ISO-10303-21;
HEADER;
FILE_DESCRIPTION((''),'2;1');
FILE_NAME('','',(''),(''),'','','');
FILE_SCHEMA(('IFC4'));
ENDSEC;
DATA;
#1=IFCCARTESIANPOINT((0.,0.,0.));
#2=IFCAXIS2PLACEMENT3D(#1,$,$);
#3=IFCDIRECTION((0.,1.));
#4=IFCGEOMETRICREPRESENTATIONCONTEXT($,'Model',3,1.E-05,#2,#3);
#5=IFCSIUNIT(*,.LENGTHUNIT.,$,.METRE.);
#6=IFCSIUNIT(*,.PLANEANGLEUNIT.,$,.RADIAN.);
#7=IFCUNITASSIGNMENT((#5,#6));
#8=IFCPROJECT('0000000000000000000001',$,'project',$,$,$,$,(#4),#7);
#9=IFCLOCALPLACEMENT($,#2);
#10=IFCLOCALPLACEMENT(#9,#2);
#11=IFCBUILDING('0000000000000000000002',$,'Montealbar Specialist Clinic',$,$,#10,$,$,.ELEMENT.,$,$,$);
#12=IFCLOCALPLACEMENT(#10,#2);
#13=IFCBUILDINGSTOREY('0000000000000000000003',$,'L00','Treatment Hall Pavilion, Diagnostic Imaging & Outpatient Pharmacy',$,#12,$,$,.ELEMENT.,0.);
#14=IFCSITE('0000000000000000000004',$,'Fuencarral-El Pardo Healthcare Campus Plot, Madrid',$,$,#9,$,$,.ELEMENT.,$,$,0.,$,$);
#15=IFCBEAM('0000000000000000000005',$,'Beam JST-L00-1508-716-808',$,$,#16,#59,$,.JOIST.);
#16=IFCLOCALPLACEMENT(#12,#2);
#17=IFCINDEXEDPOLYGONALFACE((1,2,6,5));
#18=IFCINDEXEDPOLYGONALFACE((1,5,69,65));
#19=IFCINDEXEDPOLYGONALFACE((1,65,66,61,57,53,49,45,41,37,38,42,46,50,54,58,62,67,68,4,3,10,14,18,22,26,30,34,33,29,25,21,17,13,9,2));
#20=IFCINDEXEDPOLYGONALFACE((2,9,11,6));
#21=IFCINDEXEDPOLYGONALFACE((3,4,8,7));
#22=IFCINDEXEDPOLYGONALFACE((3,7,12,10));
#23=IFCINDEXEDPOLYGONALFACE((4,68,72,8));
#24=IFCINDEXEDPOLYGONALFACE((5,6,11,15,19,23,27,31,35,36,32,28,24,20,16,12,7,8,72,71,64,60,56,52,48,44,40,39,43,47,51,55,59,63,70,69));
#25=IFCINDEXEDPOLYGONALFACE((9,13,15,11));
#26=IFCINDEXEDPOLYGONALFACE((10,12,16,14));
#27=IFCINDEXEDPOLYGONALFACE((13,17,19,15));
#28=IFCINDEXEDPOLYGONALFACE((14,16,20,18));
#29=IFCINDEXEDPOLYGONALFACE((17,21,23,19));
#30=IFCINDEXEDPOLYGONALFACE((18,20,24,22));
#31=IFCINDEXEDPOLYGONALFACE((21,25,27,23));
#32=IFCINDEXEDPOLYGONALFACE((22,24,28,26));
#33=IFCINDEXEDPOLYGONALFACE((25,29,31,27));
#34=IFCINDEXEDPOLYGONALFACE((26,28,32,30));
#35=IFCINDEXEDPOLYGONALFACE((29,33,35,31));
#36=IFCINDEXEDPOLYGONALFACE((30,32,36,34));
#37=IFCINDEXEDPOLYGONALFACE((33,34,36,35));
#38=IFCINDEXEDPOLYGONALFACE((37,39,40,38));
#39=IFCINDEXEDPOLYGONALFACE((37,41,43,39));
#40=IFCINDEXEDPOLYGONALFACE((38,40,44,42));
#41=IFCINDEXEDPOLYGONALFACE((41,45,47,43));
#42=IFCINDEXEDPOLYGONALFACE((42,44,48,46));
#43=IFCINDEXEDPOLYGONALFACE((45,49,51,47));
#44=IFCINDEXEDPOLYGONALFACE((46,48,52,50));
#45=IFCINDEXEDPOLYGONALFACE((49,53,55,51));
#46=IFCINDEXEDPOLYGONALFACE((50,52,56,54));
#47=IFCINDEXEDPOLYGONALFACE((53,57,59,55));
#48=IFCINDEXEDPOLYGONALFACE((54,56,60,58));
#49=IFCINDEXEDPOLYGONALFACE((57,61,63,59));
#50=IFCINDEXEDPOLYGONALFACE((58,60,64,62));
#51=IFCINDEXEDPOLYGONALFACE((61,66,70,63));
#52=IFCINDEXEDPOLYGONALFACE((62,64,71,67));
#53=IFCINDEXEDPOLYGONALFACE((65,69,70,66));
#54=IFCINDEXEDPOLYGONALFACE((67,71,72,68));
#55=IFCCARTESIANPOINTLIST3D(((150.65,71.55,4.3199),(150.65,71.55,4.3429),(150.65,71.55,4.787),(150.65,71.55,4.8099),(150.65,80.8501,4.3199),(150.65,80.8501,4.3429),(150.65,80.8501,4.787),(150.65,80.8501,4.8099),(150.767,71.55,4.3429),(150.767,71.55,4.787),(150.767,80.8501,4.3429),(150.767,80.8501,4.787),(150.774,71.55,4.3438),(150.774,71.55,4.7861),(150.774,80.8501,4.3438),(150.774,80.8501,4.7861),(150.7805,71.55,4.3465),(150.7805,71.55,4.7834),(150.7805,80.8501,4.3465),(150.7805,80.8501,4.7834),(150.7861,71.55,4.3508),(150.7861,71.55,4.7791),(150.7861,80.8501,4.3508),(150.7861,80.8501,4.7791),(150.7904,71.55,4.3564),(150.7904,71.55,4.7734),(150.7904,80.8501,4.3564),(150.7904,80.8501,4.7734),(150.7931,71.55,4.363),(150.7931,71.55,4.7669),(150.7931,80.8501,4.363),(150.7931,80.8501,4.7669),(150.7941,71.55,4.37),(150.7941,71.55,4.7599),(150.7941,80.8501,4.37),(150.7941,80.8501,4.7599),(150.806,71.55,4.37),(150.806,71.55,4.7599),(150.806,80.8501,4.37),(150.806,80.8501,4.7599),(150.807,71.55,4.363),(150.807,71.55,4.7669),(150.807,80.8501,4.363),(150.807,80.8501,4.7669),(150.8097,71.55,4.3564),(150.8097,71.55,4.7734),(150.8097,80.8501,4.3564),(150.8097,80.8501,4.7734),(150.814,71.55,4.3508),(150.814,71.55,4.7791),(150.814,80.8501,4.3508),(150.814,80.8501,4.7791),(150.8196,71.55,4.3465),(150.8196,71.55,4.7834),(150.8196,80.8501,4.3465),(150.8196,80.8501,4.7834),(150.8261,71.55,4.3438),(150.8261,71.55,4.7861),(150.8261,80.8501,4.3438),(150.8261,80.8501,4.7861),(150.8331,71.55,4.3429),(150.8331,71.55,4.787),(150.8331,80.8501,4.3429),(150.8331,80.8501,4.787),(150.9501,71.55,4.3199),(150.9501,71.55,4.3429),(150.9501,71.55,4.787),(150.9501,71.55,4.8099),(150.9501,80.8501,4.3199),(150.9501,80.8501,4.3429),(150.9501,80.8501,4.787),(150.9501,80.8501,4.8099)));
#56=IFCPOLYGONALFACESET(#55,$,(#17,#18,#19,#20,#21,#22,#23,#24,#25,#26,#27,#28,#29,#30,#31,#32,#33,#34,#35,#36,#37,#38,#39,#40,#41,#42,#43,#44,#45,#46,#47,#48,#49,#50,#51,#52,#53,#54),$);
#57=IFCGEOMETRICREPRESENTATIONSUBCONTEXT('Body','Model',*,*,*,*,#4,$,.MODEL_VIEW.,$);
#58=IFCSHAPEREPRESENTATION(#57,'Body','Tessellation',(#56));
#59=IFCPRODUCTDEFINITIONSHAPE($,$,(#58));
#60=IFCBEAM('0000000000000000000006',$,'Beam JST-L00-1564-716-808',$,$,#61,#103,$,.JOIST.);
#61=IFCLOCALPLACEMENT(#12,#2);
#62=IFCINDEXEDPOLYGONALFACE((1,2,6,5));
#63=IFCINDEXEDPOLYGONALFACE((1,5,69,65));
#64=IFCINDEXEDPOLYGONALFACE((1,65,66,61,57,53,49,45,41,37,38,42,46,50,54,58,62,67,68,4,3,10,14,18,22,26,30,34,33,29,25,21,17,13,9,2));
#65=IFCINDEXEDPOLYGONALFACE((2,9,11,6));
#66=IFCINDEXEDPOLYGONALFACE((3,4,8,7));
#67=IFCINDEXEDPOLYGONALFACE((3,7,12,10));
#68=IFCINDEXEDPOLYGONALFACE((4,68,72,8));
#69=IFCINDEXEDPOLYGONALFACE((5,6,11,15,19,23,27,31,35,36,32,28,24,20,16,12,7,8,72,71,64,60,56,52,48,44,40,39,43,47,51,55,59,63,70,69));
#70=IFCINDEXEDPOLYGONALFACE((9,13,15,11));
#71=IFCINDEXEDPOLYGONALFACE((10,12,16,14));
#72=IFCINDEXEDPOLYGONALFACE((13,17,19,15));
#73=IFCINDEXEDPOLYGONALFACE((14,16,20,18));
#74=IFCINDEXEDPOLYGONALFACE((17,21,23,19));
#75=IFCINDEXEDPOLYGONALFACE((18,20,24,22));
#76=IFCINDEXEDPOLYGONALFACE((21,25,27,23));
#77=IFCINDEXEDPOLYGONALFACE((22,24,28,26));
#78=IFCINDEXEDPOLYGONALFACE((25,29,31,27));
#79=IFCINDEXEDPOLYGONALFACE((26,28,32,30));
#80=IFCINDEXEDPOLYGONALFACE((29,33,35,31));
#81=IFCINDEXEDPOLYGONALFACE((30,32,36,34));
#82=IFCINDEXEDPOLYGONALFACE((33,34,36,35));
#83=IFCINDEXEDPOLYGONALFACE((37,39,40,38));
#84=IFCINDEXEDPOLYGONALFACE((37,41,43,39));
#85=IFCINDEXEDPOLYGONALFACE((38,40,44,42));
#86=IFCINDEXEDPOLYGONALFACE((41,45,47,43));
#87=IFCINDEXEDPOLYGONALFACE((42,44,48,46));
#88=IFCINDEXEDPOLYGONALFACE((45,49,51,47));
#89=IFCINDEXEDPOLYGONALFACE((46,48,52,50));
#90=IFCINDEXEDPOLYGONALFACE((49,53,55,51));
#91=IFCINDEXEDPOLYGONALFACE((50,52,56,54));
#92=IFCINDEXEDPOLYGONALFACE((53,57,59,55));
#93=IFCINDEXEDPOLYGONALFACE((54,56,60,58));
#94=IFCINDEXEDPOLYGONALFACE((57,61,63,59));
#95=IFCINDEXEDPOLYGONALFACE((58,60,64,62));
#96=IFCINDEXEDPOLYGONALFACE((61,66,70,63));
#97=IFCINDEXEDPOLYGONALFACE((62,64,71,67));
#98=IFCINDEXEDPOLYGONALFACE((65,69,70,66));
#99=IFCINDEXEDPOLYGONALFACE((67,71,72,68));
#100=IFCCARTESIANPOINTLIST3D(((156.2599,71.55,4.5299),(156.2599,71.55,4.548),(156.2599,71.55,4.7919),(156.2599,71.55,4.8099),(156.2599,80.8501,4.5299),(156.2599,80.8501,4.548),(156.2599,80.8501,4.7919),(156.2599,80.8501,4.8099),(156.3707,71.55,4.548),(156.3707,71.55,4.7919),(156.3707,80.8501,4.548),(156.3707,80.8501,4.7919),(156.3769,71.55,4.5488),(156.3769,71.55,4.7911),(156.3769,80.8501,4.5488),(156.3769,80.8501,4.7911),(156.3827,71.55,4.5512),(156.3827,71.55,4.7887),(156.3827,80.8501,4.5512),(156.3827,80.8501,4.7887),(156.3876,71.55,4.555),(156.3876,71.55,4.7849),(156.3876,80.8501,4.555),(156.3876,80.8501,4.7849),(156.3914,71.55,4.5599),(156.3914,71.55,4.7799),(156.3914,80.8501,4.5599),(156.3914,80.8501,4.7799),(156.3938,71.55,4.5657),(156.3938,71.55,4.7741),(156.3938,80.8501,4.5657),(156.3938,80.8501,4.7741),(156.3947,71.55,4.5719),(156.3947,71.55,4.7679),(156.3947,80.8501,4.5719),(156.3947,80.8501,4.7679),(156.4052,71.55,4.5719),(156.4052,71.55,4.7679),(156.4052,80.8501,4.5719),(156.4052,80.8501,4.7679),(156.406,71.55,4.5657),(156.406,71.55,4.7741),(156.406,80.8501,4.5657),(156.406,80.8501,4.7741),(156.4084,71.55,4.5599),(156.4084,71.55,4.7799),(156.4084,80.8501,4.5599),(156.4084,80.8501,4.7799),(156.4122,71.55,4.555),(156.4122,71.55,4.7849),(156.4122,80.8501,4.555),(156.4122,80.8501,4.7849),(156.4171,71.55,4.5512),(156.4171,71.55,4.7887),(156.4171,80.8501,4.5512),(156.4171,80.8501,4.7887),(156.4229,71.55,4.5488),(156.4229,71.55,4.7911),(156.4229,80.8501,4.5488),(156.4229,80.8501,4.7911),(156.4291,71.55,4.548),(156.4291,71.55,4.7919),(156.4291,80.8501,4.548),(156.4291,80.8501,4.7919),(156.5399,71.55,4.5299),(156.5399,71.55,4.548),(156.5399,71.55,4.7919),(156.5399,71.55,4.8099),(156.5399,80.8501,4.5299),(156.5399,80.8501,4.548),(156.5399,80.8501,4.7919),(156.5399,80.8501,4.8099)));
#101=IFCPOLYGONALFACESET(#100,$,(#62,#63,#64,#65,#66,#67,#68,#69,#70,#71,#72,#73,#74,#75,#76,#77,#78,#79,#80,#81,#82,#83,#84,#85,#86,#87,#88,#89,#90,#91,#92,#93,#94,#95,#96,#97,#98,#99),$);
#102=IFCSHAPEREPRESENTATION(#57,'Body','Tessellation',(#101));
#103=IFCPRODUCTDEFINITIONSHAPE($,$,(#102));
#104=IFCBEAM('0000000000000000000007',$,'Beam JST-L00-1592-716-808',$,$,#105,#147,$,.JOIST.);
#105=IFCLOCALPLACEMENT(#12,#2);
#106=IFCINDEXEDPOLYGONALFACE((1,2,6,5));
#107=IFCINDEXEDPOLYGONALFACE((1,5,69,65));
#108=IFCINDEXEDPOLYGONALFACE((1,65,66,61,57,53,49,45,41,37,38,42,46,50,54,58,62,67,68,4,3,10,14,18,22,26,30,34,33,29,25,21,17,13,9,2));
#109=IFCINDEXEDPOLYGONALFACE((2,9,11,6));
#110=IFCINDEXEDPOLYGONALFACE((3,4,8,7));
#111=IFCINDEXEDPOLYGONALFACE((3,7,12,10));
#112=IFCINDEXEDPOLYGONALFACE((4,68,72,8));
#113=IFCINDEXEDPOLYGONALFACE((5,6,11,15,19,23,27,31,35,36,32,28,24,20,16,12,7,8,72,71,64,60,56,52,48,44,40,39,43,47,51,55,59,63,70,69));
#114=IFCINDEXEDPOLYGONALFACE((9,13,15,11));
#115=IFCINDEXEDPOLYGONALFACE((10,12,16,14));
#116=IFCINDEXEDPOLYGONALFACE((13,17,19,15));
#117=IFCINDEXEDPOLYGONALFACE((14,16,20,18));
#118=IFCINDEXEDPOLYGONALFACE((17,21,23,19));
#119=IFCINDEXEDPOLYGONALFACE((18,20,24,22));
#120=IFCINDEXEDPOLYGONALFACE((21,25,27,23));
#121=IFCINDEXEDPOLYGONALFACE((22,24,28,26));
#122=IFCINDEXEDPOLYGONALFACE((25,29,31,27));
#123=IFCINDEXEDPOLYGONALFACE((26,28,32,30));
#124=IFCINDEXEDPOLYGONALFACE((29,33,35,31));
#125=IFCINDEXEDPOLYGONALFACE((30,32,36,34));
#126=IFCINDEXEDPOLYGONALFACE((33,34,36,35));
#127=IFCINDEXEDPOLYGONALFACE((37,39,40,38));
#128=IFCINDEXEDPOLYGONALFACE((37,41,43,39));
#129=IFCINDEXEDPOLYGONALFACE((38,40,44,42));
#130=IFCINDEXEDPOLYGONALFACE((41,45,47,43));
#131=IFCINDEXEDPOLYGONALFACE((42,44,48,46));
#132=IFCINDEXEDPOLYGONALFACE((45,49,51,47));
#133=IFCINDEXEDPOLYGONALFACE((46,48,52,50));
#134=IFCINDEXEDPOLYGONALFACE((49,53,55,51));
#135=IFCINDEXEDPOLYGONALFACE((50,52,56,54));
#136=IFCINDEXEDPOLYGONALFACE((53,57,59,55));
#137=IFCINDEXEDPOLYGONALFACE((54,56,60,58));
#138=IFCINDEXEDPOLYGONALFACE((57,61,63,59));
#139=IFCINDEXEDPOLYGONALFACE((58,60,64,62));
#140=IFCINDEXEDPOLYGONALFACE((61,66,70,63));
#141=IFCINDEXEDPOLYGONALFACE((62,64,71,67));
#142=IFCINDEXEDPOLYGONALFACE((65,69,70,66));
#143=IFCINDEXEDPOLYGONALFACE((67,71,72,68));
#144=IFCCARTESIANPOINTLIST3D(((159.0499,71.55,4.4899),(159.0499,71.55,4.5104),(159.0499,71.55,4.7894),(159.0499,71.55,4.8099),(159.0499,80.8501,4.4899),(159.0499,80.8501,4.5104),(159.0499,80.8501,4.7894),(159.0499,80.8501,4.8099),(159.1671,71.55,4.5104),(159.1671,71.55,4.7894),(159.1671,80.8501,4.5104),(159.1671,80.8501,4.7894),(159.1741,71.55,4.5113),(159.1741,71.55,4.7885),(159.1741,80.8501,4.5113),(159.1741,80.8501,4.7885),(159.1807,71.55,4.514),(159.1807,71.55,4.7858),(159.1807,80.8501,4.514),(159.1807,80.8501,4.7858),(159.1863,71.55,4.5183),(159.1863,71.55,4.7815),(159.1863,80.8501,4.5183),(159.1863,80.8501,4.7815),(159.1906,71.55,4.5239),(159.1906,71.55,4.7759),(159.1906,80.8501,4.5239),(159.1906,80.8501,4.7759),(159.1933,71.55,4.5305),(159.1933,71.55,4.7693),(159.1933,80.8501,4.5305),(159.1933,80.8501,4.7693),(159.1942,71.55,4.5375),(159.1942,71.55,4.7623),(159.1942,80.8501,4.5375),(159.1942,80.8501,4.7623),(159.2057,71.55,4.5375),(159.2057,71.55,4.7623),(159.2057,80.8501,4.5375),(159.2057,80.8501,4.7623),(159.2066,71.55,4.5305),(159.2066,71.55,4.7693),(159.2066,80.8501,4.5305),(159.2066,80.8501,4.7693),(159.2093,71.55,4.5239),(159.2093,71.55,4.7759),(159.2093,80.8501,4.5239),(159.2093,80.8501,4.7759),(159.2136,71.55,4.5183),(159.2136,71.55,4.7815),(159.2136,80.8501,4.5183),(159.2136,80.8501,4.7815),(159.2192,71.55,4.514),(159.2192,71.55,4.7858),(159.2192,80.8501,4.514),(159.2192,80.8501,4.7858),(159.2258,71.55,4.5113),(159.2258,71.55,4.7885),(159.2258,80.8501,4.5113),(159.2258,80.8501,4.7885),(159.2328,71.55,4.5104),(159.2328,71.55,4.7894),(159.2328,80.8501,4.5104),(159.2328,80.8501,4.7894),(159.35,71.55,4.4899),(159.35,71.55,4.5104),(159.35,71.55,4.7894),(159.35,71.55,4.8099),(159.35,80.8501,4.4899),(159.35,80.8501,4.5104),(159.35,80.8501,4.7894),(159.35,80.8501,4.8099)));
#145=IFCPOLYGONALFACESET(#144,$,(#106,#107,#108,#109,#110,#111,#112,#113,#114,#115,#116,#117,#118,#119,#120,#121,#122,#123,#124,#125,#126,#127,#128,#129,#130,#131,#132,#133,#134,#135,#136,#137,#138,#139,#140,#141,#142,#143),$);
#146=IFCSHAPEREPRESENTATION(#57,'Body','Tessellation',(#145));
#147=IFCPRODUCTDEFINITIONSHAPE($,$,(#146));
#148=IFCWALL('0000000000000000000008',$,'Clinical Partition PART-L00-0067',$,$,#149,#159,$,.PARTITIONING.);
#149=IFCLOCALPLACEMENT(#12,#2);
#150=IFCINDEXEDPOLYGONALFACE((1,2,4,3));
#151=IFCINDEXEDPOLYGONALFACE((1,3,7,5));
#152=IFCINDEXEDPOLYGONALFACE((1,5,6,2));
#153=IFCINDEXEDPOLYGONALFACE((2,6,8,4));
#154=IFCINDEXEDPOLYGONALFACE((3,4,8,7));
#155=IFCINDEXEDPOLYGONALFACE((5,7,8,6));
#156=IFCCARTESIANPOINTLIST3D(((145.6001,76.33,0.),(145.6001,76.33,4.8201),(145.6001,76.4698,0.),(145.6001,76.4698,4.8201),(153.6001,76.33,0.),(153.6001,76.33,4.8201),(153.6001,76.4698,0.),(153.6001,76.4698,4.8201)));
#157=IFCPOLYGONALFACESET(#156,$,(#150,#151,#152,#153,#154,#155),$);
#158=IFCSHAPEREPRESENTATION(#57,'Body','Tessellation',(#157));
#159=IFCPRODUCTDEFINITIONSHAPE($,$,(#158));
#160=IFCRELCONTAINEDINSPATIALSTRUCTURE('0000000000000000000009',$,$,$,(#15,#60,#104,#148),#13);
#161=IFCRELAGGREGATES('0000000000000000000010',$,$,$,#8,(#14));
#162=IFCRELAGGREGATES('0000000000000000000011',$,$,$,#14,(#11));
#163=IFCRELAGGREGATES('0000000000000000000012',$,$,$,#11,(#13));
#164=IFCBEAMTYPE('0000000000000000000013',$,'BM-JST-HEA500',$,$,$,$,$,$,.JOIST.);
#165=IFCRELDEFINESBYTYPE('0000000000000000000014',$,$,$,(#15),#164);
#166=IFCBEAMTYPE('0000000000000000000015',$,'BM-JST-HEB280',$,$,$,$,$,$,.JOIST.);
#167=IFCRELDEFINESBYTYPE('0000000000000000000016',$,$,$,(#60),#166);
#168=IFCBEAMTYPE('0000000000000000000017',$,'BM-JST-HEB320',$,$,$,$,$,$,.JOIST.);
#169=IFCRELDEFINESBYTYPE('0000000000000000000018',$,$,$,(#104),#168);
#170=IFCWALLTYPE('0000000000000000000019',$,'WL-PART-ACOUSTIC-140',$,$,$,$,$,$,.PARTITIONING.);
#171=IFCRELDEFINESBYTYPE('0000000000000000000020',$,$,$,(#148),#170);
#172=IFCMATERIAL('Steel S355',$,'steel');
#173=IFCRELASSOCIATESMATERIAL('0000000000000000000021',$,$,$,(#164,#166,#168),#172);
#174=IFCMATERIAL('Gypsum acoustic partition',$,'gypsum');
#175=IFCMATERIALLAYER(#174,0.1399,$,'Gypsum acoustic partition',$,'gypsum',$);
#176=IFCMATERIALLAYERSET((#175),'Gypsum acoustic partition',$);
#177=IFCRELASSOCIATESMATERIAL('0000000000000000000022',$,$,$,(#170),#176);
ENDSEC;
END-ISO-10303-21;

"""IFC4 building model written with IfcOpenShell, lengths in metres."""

from ifc_helpers import new_model, si_unit, direction, frame, frame_2d, origin, origin_2d, place, context, subcontext, project, spatial, rectangle, i_section, extrude, material, layer, layer_set, material_profile, profile_set, type_object, element, save


model = new_model("IFC4")

# Units and contexts
model_context = context("Model", 3, precision=1e-05, world=origin(), true_north=direction((0.0, 1.0)))
body_context = subcontext(model_context, "Body", "Model", "MODEL_VIEW")
ifc_project = project(units=[si_unit("LENGTHUNIT", "METRE"), si_unit("PLANEANGLEUNIT", "RADIAN")], contexts=[model_context])

# Site, building, storey
site_placement = place(None, origin())
site = spatial("IfcSite", under=ifc_project, at=site_placement, Name="Fuencarral-El Pardo Healthcare Campus Plot, Madrid", CompositionType="ELEMENT", RefElevation=0.0)
building_placement = place(site_placement, origin())
building = spatial("IfcBuilding", under=site, at=building_placement, Name="Montealbar Specialist Clinic", CompositionType="ELEMENT")
storey_placement = place(building_placement, origin())
storey = spatial("IfcBuildingStorey", under=building, at=storey_placement, Name="L00", Description="Treatment Hall Pavilion, Diagnostic Imaging & Outpatient Pharmacy", CompositionType="ELEMENT", Elevation=0.0)

# Shared definitions
ifc_material_1 = material(Name="Steel S355", Category="steel")

# Beams
ifc_material_profile_1 = material_profile(ifc_material_1, i_section(OverallWidth=0.3, OverallDepth=0.49, WebThickness=0.012, FlangeThickness=0.0229, FilletRadius=0.0271, at=origin_2d()), Name="HEA 500", Category="steel")
ifc_profile_set_1 = profile_set([ifc_material_profile_1], Name="Steel S355")
beam_type_1 = type_object("IfcBeamType", Name="BM-JST-HEA500", PredefinedType="JOIST", material=ifc_profile_set_1)
beam_1_placement = place(storey_placement, frame((150.8, 71.55, 4.5649), z_axis=(0.0, 1.0, 0.0), x_axis=(-1.0, 0.0, 0.0)))
element("IfcBeam", 1, at=beam_1_placement, inside=storey, type_object=beam_type_1, Name="Beam JST-L00-1508-716-808", PredefinedType="JOIST", context=body_context, shape_type="SweptSolid", body=[
    extrude(i_section(OverallWidth=0.3, OverallDepth=0.49, WebThickness=0.012, FlangeThickness=0.0229, FilletRadius=0.0271, at=origin_2d()), origin(), (0.0, 0.0, 1.0), 9.3),
])
ifc_material_profile_2 = material_profile(ifc_material_1, i_section(OverallWidth=0.28, OverallDepth=0.28, WebThickness=0.0105, FlangeThickness=0.0181, FilletRadius=0.0239, at=origin_2d()), Name="HEB 280", Category="steel")
ifc_profile_set_2 = profile_set([ifc_material_profile_2], Name="Steel S355")
beam_type_2 = type_object("IfcBeamType", Name="BM-JST-HEB280", PredefinedType="JOIST", material=ifc_profile_set_2)
beam_2_placement = place(storey_placement, frame((156.3999, 71.55, 4.6699), z_axis=(0.0, 1.0, 0.0), x_axis=(-1.0, 0.0, 0.0)))
element("IfcBeam", 2, at=beam_2_placement, inside=storey, type_object=beam_type_2, Name="Beam JST-L00-1564-716-808", PredefinedType="JOIST", context=body_context, shape_type="SweptSolid", body=[
    extrude(i_section(OverallWidth=0.28, OverallDepth=0.28, WebThickness=0.0105, FlangeThickness=0.0181, FilletRadius=0.0239, at=origin_2d()), origin(), (0.0, 0.0, 1.0), 9.3),
])
ifc_material_profile_3 = material_profile(ifc_material_1, i_section(OverallWidth=0.3, OverallDepth=0.3201, WebThickness=0.0115, FlangeThickness=0.0205, FilletRadius=0.0271, at=origin_2d()), Name="HEB 320", Category="steel")
ifc_profile_set_3 = profile_set([ifc_material_profile_3], Name="Steel S355")
beam_type_3 = type_object("IfcBeamType", Name="BM-JST-HEB320", PredefinedType="JOIST", material=ifc_profile_set_3)
beam_3_placement = place(storey_placement, frame((159.2, 71.55, 4.6499), z_axis=(0.0, 1.0, 0.0), x_axis=(-1.0, 0.0, 0.0)))
element("IfcBeam", 3, at=beam_3_placement, inside=storey, type_object=beam_type_3, Name="Beam JST-L00-1592-716-808", PredefinedType="JOIST", context=body_context, shape_type="SweptSolid", body=[
    extrude(i_section(OverallWidth=0.3, OverallDepth=0.3201, WebThickness=0.0115, FlangeThickness=0.0205, FilletRadius=0.0271, at=origin_2d()), origin(), (0.0, 0.0, 1.0), 9.3),
])

# Wall
ifc_material_2 = material(Name="Gypsum acoustic partition", Category="gypsum")
ifc_layer_1 = layer(ifc_material_2, 0.1399, Name="Gypsum acoustic partition", Category="gypsum")
ifc_layer_set_1 = layer_set([ifc_layer_1], Name="Gypsum acoustic partition")
wall_type_1 = type_object("IfcWallType", Name="WL-PART-ACOUSTIC-140", PredefinedType="PARTITIONING", material=ifc_layer_set_1)
wall_1_placement = place(storey_placement, frame((145.6001, 76.3999, 0.0), z_axis=(0.0, 0.0, 1.0), x_axis=(1.0, 0.0, 0.0)))
element("IfcWall", 4, at=wall_1_placement, inside=storey, type_object=wall_type_1, Name="Clinical Partition PART-L00-0067", PredefinedType="PARTITIONING", context=body_context, shape_type="SweptSolid", body=[
    extrude(rectangle(XDim=8.0, YDim=0.1399, at=frame_2d((4.0, 0.0))), origin(), (0.0, 0.0, 1.0), 4.8201),
])

save(model, "model.ifc")
